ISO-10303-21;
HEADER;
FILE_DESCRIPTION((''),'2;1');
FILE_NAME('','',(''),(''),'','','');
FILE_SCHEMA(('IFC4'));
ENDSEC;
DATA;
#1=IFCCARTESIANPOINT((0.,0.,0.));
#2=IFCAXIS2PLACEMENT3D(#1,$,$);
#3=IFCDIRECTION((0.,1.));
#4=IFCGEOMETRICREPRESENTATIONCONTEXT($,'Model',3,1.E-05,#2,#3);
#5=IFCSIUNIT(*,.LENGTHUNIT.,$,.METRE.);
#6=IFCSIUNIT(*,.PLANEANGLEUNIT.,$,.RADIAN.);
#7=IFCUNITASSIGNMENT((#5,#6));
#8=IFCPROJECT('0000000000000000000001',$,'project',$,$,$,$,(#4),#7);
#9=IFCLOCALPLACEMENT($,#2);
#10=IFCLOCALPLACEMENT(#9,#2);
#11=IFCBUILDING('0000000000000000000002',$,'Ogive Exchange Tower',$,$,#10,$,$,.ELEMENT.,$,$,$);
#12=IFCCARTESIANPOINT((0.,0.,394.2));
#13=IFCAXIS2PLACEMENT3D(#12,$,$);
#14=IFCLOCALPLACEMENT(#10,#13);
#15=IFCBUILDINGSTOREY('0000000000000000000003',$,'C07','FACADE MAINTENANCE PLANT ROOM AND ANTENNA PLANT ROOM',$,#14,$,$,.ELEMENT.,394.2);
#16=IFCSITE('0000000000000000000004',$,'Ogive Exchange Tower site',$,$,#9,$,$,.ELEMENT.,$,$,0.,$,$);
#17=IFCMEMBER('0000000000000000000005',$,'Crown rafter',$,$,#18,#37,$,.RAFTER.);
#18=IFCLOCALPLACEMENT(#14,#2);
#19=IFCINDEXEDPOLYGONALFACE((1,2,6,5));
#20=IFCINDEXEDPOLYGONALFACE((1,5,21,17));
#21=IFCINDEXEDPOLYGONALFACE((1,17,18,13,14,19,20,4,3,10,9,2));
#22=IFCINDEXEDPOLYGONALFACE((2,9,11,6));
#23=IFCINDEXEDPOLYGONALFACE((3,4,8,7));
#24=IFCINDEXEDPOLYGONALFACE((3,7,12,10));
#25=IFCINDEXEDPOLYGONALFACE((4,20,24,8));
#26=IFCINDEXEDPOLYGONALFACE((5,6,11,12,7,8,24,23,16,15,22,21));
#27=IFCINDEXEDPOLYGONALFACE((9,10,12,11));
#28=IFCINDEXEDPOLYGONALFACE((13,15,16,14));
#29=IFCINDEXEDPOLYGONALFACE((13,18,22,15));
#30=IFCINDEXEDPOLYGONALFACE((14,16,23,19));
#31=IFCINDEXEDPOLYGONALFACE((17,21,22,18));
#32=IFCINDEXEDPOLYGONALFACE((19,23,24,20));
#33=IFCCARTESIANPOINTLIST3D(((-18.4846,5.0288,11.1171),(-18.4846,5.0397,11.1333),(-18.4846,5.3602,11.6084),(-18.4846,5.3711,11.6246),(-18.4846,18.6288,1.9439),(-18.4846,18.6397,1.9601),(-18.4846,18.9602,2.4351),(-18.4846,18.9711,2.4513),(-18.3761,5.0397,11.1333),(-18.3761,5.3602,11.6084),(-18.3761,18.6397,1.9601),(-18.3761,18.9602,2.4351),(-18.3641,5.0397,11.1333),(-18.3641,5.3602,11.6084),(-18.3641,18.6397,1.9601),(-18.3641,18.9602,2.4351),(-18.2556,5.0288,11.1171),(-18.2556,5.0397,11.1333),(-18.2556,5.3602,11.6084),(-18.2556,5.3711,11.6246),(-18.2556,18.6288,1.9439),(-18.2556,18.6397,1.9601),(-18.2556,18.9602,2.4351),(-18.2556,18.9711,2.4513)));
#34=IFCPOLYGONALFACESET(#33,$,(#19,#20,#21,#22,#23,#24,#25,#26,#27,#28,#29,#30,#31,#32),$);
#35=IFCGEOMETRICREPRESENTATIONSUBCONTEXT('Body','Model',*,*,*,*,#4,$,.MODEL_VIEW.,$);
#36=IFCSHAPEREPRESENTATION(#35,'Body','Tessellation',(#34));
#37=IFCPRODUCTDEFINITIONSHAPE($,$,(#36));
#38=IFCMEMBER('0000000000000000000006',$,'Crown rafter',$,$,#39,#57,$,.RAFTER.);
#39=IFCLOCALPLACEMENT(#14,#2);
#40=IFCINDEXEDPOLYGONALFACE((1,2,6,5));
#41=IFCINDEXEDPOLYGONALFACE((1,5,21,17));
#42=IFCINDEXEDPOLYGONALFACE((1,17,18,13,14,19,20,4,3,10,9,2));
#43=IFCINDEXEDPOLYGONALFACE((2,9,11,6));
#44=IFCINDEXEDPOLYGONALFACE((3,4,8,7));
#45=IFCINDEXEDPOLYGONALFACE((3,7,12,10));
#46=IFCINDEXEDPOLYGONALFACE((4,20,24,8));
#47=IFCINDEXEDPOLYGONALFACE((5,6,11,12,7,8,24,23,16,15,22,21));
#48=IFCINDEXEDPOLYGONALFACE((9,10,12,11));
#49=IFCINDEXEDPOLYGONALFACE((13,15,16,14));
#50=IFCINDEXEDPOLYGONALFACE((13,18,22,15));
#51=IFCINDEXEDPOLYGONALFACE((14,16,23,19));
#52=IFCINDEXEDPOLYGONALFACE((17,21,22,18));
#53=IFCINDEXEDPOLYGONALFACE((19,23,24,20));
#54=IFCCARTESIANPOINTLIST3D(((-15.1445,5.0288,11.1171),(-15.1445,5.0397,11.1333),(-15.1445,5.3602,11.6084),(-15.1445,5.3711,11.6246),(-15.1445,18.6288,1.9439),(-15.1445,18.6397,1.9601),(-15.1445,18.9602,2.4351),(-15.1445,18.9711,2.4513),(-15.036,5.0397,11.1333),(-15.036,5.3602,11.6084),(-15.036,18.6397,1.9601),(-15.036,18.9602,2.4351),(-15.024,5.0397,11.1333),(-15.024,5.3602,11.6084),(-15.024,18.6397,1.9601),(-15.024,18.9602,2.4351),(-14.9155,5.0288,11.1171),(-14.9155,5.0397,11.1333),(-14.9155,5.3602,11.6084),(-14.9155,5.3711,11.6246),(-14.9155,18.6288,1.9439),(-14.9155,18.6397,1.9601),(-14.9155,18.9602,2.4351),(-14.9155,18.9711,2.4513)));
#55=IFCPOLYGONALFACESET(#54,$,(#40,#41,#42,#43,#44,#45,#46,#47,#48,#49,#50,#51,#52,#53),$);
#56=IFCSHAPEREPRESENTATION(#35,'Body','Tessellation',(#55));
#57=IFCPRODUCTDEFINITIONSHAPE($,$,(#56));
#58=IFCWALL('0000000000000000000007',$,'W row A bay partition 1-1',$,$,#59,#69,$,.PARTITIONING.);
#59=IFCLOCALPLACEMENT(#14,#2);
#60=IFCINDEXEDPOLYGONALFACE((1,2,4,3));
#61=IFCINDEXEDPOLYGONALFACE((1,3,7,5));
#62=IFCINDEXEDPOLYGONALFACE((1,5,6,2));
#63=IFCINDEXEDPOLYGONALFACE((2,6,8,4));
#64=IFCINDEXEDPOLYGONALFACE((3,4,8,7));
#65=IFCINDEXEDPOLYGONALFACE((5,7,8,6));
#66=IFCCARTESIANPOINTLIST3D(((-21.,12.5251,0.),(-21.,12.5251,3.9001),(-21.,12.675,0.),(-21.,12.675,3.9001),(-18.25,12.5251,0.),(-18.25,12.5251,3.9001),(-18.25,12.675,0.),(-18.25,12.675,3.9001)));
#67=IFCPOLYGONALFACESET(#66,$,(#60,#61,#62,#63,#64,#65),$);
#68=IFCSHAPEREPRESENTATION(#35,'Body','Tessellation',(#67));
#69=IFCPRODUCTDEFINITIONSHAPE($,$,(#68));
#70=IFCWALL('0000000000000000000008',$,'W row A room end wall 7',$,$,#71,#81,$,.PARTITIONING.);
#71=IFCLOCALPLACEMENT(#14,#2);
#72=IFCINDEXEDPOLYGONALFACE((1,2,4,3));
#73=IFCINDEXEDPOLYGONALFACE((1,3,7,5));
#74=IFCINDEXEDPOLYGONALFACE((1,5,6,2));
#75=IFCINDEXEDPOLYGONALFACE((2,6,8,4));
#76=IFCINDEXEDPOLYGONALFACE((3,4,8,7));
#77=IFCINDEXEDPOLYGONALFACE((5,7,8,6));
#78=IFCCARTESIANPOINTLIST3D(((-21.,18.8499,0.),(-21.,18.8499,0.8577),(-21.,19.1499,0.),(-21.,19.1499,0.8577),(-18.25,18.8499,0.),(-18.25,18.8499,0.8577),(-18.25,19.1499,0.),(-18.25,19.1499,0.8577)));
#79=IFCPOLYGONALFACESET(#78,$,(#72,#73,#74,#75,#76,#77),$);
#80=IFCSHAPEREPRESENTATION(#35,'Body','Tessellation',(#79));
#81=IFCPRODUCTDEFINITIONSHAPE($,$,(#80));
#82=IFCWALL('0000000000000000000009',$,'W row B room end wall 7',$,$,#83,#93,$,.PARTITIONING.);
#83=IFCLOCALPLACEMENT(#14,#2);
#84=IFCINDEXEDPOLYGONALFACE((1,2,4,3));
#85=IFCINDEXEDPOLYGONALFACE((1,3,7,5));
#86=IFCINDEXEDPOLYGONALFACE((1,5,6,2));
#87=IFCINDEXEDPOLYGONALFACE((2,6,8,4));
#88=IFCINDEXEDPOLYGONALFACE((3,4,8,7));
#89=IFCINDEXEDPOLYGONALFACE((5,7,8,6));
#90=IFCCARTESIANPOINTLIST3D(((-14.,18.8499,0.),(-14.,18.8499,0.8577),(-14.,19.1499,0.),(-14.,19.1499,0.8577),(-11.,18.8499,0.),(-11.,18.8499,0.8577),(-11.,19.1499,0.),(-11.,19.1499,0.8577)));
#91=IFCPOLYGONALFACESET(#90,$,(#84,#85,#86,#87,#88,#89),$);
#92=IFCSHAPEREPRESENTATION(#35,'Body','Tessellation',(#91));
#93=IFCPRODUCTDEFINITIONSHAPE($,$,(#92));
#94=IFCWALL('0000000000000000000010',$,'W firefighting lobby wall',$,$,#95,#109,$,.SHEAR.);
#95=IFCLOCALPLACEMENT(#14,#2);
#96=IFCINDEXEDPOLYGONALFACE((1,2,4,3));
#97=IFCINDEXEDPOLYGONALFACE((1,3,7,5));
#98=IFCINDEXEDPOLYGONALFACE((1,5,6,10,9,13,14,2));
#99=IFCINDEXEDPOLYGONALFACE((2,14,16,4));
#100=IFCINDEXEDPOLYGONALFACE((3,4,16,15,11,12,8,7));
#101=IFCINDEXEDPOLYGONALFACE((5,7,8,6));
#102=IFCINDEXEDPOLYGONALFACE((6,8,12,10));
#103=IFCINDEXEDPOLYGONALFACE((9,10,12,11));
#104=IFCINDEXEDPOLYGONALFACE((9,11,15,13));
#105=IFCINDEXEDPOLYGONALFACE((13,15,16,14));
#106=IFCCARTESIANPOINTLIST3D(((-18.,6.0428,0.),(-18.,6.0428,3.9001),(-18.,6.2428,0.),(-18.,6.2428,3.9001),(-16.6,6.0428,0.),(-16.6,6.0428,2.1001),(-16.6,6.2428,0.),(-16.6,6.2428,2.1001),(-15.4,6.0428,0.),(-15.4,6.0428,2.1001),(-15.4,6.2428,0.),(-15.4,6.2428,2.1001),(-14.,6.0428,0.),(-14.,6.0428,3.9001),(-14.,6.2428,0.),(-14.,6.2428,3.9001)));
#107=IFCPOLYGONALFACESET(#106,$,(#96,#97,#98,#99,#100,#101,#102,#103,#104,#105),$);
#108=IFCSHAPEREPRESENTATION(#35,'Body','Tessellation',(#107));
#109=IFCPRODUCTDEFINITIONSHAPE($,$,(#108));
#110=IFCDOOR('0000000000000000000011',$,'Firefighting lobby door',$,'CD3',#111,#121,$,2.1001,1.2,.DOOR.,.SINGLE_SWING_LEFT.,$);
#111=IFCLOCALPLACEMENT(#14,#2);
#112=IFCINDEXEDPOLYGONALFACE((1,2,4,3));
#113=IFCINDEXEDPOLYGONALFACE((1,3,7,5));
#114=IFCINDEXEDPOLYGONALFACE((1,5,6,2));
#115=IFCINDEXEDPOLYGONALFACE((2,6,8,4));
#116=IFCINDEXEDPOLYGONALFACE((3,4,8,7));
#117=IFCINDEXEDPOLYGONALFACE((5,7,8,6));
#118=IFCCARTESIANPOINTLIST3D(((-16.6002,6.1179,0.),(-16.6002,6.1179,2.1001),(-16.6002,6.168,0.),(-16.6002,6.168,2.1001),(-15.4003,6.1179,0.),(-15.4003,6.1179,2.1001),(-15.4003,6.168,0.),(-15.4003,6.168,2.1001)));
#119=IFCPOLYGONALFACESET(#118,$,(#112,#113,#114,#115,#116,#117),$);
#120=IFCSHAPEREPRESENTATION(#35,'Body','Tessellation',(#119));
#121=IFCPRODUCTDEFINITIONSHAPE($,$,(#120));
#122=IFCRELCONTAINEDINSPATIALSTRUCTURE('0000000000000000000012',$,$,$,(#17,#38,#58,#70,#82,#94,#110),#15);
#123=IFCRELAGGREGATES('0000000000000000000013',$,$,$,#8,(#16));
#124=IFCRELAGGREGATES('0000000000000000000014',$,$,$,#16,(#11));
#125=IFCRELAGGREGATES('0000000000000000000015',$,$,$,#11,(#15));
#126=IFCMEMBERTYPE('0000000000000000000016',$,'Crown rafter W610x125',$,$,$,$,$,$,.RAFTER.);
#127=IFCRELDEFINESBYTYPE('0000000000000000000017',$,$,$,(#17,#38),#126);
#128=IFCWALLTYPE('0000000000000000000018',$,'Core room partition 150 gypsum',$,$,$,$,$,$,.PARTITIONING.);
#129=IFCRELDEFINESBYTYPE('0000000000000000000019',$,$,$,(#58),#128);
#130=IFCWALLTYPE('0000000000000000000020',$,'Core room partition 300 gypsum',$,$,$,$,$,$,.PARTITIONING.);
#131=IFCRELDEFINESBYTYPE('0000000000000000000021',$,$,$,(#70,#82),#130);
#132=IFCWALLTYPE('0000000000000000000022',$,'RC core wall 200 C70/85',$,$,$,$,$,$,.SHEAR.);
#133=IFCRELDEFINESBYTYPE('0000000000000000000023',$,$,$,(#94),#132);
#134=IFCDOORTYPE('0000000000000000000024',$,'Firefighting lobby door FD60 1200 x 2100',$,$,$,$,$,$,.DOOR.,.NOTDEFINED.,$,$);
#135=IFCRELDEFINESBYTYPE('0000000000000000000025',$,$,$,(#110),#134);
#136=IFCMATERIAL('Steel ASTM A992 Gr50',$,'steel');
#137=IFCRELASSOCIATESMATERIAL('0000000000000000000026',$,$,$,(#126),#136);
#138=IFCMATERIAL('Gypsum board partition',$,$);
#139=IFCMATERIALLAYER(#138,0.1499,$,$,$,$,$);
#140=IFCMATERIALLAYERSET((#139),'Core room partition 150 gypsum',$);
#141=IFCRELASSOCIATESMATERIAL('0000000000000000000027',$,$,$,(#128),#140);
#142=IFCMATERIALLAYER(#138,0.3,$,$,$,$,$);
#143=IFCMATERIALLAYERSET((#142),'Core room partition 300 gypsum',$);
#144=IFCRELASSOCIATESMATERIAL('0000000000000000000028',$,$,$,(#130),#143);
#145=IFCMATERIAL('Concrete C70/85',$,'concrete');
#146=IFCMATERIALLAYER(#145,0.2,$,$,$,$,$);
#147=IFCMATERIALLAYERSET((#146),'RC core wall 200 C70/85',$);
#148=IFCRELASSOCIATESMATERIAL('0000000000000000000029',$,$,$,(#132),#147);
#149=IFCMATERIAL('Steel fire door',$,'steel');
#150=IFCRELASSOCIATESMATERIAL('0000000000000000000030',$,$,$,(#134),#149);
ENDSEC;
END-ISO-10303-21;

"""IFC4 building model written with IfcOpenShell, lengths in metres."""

from ifc_helpers import new_model, si_unit, direction, frame, frame_2d, origin, origin_2d, place, context, subcontext, project, spatial, polyline, rectangle, i_section, outline, extrude, material, layer, layer_set, material_profile, profile_set, type_object, element, fill, save


model = new_model("IFC4")

# Units and contexts
model_context = context("Model", 3, precision=1e-05, world=origin(), true_north=direction((0.0, 1.0)))
body_context = subcontext(model_context, "Body", "Model", "MODEL_VIEW")
ifc_project = project(units=[si_unit("LENGTHUNIT", "METRE"), si_unit("PLANEANGLEUNIT", "RADIAN")], contexts=[model_context])

# Site, building, storey
site_placement = place(None, origin())
site = spatial("IfcSite", under=ifc_project, at=site_placement, Name="Ogive Exchange Tower site", CompositionType="ELEMENT", RefElevation=0.0)
building_placement = place(site_placement, origin())
building = spatial("IfcBuilding", under=site, at=building_placement, Name="Ogive Exchange Tower", CompositionType="ELEMENT")
storey_placement = place(building_placement, frame((0.0, 0.0, 394.2)))
storey = spatial("IfcBuildingStorey", under=building, at=storey_placement, Name="C07", Description="FACADE MAINTENANCE PLANT ROOM AND ANTENNA PLANT ROOM", CompositionType="ELEMENT", Elevation=394.2)

# Members
ifc_material_1 = material(Name="Steel ASTM A992 Gr50", Category="steel")
ifc_material_profile_1 = material_profile(ifc_material_1, i_section(OverallWidth=0.229, OverallDepth=0.6121, WebThickness=0.012, FlangeThickness=0.0195, at=origin_2d()), Name="W610x125")
ifc_profile_set_1 = profile_set([ifc_material_profile_1], Name="Steel ASTM A992 Gr50")
member_type = type_object("IfcMemberType", Name="Crown rafter W610x125", PredefinedType="RAFTER", material=ifc_profile_set_1)
for number, where, z_axis, x_axis, name in (
    (1, (-18.3701, 5.2, 11.3708), (0.0, 0.829039, -0.559191), (-1.0, 0.0, 0.0), "Crown rafter"),
    (2, (-15.03, 5.2, 11.3708), (0.0, 0.829039, -0.559191), (-1.0, 0.0, 0.0), "Crown rafter"),
):
    element("IfcMember", number, at=place(storey_placement, frame(where, z_axis=z_axis, x_axis=x_axis)), inside=storey, type_object=member_type, Name=name, PredefinedType="RAFTER", context=body_context, shape_type="SweptSolid", body=[
        extrude(i_section(OverallWidth=0.229, OverallDepth=0.6121, WebThickness=0.012, FlangeThickness=0.0195, at=origin_2d()), origin(), (0.0, 0.0, 1.0), 16.4045),
    ])

# Walls
ifc_material_2 = material(Name="Gypsum board partition")
ifc_layer_1 = layer(ifc_material_2, 0.1499)
ifc_layer_set_1 = layer_set([ifc_layer_1], Name="Core room partition 150 gypsum")
wall_type_1 = type_object("IfcWallType", Name="Core room partition 150 gypsum", PredefinedType="PARTITIONING", material=ifc_layer_set_1)
wall_1_placement = place(storey_placement, frame((-21.0, 12.6001, 0.0), z_axis=(0.0, 0.0, 1.0), x_axis=(1.0, 0.0, 0.0)))
element("IfcWall", 3, at=wall_1_placement, inside=storey, type_object=wall_type_1, Name="W row A bay partition 1-1", PredefinedType="PARTITIONING", context=body_context, shape_type="SweptSolid", body=[
    extrude(rectangle(XDim=2.75, YDim=0.1499, at=frame_2d((1.375, 0.0))), origin(), (0.0, 0.0, 1.0), 3.9001),
])
ifc_layer_2 = layer(ifc_material_2, 0.3)
ifc_layer_set_2 = layer_set([ifc_layer_2], Name="Core room partition 300 gypsum")
wall_type_2 = type_object("IfcWallType", Name="Core room partition 300 gypsum", PredefinedType="PARTITIONING", material=ifc_layer_set_2)
wall_2_placement = place(storey_placement, frame((-21.0, 19.0, 0.0), z_axis=(0.0, 0.0, 1.0), x_axis=(1.0, 0.0, 0.0)))
element("IfcWall", 4, at=wall_2_placement, inside=storey, type_object=wall_type_2, Name="W row A room end wall 7", PredefinedType="PARTITIONING", context=body_context, shape_type="SweptSolid", body=[
    extrude(outline(polyline([(0.0, 0.0), (2.75, 0.0), (2.75, 0.8577), (0.0, 0.8577), (0.0, 0.0)])), frame((0.0, 0.1499, 0.0), z_axis=(0.0, -1.0, 0.0), x_axis=(1.0, 0.0, 0.0)), (0.0, 0.0, 1.0), 0.3),
])
wall_3_placement = place(storey_placement, frame((-14.0, 19.0, 0.0), z_axis=(0.0, 0.0, 1.0), x_axis=(1.0, 0.0, 0.0)))
element("IfcWall", 5, at=wall_3_placement, inside=storey, type_object=wall_type_2, Name="W row B room end wall 7", PredefinedType="PARTITIONING", context=body_context, shape_type="SweptSolid", body=[
    extrude(outline(polyline([(0.0, 0.0), (3.0, 0.0), (3.0, 0.8577), (0.0, 0.8577), (0.0, 0.0)])), frame((0.0, 0.1499, 0.0), z_axis=(0.0, -1.0, 0.0), x_axis=(1.0, 0.0, 0.0)), (0.0, 0.0, 1.0), 0.3),
])

# Wall, opening, door
ifc_material_3 = material(Name="Concrete C70/85", Category="concrete")
ifc_layer_3 = layer(ifc_material_3, 0.2)
ifc_layer_set_3 = layer_set([ifc_layer_3], Name="RC core wall 200 C70/85")
wall_type_3 = type_object("IfcWallType", Name="RC core wall 200 C70/85", PredefinedType="SHEAR", material=ifc_layer_set_3)
wall_4_placement = place(storey_placement, frame((-18.0, 6.1428, 0.0), z_axis=(0.0, 0.0, 1.0), x_axis=(1.0, 0.0, 0.0)))
wall_4 = element("IfcWall", 6, at=wall_4_placement, inside=storey, type_object=wall_type_3, Name="W firefighting lobby wall", PredefinedType="SHEAR", context=body_context, shape_type="SweptSolid", body=[
    extrude(rectangle(XDim=4.0, YDim=0.2, at=frame_2d((2.0, 0.0))), origin(), (0.0, 0.0, 1.0), 3.9001),
])
opening_1_placement = place(wall_4_placement, frame((1.3999, 0.0, 0.0)))
opening_1 = element("IfcOpeningElement", 7, at=opening_1_placement, cuts=wall_4, PredefinedType="OPENING", context=body_context, shape_type="SweptSolid", body=[
    extrude(rectangle(XDim=1.2, YDim=2.1001, at=frame_2d((0.6001, 1.05))), frame((0.0, 0.1099, 0.0), z_axis=(0.0, -1.0, 0.0), x_axis=(1.0, 0.0, 0.0)), (0.0, 0.0, 1.0), 0.22),
])
ifc_material_4 = material(Name="Steel fire door", Category="steel")
door_type_1 = type_object("IfcDoorType", Name="Firefighting lobby door FD60 1200 x 2100", OperationType="NOTDEFINED", PredefinedType="DOOR", material=ifc_material_4)
door_1_placement = place(opening_1_placement, frame((1.2, 0.0, 0.0), z_axis=(0.0, 0.0, 1.0), x_axis=(-1.0, 0.0, 0.0)))
door_1 = element("IfcDoor", 8, at=door_1_placement, inside=storey, type_object=door_type_1, Name="Firefighting lobby door", ObjectType="CD3", OperationType="SINGLE_SWING_LEFT", OverallHeight=2.1001, OverallWidth=1.2, PredefinedType="DOOR", context=body_context, shape_type="SweptSolid", body=[
    extrude(rectangle(XDim=1.2, YDim=2.1001, at=frame_2d((0.6001, 1.05))), frame((0.0, 0.0249, 0.0), z_axis=(0.0, -1.0, 0.0), x_axis=(1.0, 0.0, 0.0)), (0.0, 0.0, 1.0), 0.05),
])
fill(opening_1, door_1)

save(model, "model.ifc")
